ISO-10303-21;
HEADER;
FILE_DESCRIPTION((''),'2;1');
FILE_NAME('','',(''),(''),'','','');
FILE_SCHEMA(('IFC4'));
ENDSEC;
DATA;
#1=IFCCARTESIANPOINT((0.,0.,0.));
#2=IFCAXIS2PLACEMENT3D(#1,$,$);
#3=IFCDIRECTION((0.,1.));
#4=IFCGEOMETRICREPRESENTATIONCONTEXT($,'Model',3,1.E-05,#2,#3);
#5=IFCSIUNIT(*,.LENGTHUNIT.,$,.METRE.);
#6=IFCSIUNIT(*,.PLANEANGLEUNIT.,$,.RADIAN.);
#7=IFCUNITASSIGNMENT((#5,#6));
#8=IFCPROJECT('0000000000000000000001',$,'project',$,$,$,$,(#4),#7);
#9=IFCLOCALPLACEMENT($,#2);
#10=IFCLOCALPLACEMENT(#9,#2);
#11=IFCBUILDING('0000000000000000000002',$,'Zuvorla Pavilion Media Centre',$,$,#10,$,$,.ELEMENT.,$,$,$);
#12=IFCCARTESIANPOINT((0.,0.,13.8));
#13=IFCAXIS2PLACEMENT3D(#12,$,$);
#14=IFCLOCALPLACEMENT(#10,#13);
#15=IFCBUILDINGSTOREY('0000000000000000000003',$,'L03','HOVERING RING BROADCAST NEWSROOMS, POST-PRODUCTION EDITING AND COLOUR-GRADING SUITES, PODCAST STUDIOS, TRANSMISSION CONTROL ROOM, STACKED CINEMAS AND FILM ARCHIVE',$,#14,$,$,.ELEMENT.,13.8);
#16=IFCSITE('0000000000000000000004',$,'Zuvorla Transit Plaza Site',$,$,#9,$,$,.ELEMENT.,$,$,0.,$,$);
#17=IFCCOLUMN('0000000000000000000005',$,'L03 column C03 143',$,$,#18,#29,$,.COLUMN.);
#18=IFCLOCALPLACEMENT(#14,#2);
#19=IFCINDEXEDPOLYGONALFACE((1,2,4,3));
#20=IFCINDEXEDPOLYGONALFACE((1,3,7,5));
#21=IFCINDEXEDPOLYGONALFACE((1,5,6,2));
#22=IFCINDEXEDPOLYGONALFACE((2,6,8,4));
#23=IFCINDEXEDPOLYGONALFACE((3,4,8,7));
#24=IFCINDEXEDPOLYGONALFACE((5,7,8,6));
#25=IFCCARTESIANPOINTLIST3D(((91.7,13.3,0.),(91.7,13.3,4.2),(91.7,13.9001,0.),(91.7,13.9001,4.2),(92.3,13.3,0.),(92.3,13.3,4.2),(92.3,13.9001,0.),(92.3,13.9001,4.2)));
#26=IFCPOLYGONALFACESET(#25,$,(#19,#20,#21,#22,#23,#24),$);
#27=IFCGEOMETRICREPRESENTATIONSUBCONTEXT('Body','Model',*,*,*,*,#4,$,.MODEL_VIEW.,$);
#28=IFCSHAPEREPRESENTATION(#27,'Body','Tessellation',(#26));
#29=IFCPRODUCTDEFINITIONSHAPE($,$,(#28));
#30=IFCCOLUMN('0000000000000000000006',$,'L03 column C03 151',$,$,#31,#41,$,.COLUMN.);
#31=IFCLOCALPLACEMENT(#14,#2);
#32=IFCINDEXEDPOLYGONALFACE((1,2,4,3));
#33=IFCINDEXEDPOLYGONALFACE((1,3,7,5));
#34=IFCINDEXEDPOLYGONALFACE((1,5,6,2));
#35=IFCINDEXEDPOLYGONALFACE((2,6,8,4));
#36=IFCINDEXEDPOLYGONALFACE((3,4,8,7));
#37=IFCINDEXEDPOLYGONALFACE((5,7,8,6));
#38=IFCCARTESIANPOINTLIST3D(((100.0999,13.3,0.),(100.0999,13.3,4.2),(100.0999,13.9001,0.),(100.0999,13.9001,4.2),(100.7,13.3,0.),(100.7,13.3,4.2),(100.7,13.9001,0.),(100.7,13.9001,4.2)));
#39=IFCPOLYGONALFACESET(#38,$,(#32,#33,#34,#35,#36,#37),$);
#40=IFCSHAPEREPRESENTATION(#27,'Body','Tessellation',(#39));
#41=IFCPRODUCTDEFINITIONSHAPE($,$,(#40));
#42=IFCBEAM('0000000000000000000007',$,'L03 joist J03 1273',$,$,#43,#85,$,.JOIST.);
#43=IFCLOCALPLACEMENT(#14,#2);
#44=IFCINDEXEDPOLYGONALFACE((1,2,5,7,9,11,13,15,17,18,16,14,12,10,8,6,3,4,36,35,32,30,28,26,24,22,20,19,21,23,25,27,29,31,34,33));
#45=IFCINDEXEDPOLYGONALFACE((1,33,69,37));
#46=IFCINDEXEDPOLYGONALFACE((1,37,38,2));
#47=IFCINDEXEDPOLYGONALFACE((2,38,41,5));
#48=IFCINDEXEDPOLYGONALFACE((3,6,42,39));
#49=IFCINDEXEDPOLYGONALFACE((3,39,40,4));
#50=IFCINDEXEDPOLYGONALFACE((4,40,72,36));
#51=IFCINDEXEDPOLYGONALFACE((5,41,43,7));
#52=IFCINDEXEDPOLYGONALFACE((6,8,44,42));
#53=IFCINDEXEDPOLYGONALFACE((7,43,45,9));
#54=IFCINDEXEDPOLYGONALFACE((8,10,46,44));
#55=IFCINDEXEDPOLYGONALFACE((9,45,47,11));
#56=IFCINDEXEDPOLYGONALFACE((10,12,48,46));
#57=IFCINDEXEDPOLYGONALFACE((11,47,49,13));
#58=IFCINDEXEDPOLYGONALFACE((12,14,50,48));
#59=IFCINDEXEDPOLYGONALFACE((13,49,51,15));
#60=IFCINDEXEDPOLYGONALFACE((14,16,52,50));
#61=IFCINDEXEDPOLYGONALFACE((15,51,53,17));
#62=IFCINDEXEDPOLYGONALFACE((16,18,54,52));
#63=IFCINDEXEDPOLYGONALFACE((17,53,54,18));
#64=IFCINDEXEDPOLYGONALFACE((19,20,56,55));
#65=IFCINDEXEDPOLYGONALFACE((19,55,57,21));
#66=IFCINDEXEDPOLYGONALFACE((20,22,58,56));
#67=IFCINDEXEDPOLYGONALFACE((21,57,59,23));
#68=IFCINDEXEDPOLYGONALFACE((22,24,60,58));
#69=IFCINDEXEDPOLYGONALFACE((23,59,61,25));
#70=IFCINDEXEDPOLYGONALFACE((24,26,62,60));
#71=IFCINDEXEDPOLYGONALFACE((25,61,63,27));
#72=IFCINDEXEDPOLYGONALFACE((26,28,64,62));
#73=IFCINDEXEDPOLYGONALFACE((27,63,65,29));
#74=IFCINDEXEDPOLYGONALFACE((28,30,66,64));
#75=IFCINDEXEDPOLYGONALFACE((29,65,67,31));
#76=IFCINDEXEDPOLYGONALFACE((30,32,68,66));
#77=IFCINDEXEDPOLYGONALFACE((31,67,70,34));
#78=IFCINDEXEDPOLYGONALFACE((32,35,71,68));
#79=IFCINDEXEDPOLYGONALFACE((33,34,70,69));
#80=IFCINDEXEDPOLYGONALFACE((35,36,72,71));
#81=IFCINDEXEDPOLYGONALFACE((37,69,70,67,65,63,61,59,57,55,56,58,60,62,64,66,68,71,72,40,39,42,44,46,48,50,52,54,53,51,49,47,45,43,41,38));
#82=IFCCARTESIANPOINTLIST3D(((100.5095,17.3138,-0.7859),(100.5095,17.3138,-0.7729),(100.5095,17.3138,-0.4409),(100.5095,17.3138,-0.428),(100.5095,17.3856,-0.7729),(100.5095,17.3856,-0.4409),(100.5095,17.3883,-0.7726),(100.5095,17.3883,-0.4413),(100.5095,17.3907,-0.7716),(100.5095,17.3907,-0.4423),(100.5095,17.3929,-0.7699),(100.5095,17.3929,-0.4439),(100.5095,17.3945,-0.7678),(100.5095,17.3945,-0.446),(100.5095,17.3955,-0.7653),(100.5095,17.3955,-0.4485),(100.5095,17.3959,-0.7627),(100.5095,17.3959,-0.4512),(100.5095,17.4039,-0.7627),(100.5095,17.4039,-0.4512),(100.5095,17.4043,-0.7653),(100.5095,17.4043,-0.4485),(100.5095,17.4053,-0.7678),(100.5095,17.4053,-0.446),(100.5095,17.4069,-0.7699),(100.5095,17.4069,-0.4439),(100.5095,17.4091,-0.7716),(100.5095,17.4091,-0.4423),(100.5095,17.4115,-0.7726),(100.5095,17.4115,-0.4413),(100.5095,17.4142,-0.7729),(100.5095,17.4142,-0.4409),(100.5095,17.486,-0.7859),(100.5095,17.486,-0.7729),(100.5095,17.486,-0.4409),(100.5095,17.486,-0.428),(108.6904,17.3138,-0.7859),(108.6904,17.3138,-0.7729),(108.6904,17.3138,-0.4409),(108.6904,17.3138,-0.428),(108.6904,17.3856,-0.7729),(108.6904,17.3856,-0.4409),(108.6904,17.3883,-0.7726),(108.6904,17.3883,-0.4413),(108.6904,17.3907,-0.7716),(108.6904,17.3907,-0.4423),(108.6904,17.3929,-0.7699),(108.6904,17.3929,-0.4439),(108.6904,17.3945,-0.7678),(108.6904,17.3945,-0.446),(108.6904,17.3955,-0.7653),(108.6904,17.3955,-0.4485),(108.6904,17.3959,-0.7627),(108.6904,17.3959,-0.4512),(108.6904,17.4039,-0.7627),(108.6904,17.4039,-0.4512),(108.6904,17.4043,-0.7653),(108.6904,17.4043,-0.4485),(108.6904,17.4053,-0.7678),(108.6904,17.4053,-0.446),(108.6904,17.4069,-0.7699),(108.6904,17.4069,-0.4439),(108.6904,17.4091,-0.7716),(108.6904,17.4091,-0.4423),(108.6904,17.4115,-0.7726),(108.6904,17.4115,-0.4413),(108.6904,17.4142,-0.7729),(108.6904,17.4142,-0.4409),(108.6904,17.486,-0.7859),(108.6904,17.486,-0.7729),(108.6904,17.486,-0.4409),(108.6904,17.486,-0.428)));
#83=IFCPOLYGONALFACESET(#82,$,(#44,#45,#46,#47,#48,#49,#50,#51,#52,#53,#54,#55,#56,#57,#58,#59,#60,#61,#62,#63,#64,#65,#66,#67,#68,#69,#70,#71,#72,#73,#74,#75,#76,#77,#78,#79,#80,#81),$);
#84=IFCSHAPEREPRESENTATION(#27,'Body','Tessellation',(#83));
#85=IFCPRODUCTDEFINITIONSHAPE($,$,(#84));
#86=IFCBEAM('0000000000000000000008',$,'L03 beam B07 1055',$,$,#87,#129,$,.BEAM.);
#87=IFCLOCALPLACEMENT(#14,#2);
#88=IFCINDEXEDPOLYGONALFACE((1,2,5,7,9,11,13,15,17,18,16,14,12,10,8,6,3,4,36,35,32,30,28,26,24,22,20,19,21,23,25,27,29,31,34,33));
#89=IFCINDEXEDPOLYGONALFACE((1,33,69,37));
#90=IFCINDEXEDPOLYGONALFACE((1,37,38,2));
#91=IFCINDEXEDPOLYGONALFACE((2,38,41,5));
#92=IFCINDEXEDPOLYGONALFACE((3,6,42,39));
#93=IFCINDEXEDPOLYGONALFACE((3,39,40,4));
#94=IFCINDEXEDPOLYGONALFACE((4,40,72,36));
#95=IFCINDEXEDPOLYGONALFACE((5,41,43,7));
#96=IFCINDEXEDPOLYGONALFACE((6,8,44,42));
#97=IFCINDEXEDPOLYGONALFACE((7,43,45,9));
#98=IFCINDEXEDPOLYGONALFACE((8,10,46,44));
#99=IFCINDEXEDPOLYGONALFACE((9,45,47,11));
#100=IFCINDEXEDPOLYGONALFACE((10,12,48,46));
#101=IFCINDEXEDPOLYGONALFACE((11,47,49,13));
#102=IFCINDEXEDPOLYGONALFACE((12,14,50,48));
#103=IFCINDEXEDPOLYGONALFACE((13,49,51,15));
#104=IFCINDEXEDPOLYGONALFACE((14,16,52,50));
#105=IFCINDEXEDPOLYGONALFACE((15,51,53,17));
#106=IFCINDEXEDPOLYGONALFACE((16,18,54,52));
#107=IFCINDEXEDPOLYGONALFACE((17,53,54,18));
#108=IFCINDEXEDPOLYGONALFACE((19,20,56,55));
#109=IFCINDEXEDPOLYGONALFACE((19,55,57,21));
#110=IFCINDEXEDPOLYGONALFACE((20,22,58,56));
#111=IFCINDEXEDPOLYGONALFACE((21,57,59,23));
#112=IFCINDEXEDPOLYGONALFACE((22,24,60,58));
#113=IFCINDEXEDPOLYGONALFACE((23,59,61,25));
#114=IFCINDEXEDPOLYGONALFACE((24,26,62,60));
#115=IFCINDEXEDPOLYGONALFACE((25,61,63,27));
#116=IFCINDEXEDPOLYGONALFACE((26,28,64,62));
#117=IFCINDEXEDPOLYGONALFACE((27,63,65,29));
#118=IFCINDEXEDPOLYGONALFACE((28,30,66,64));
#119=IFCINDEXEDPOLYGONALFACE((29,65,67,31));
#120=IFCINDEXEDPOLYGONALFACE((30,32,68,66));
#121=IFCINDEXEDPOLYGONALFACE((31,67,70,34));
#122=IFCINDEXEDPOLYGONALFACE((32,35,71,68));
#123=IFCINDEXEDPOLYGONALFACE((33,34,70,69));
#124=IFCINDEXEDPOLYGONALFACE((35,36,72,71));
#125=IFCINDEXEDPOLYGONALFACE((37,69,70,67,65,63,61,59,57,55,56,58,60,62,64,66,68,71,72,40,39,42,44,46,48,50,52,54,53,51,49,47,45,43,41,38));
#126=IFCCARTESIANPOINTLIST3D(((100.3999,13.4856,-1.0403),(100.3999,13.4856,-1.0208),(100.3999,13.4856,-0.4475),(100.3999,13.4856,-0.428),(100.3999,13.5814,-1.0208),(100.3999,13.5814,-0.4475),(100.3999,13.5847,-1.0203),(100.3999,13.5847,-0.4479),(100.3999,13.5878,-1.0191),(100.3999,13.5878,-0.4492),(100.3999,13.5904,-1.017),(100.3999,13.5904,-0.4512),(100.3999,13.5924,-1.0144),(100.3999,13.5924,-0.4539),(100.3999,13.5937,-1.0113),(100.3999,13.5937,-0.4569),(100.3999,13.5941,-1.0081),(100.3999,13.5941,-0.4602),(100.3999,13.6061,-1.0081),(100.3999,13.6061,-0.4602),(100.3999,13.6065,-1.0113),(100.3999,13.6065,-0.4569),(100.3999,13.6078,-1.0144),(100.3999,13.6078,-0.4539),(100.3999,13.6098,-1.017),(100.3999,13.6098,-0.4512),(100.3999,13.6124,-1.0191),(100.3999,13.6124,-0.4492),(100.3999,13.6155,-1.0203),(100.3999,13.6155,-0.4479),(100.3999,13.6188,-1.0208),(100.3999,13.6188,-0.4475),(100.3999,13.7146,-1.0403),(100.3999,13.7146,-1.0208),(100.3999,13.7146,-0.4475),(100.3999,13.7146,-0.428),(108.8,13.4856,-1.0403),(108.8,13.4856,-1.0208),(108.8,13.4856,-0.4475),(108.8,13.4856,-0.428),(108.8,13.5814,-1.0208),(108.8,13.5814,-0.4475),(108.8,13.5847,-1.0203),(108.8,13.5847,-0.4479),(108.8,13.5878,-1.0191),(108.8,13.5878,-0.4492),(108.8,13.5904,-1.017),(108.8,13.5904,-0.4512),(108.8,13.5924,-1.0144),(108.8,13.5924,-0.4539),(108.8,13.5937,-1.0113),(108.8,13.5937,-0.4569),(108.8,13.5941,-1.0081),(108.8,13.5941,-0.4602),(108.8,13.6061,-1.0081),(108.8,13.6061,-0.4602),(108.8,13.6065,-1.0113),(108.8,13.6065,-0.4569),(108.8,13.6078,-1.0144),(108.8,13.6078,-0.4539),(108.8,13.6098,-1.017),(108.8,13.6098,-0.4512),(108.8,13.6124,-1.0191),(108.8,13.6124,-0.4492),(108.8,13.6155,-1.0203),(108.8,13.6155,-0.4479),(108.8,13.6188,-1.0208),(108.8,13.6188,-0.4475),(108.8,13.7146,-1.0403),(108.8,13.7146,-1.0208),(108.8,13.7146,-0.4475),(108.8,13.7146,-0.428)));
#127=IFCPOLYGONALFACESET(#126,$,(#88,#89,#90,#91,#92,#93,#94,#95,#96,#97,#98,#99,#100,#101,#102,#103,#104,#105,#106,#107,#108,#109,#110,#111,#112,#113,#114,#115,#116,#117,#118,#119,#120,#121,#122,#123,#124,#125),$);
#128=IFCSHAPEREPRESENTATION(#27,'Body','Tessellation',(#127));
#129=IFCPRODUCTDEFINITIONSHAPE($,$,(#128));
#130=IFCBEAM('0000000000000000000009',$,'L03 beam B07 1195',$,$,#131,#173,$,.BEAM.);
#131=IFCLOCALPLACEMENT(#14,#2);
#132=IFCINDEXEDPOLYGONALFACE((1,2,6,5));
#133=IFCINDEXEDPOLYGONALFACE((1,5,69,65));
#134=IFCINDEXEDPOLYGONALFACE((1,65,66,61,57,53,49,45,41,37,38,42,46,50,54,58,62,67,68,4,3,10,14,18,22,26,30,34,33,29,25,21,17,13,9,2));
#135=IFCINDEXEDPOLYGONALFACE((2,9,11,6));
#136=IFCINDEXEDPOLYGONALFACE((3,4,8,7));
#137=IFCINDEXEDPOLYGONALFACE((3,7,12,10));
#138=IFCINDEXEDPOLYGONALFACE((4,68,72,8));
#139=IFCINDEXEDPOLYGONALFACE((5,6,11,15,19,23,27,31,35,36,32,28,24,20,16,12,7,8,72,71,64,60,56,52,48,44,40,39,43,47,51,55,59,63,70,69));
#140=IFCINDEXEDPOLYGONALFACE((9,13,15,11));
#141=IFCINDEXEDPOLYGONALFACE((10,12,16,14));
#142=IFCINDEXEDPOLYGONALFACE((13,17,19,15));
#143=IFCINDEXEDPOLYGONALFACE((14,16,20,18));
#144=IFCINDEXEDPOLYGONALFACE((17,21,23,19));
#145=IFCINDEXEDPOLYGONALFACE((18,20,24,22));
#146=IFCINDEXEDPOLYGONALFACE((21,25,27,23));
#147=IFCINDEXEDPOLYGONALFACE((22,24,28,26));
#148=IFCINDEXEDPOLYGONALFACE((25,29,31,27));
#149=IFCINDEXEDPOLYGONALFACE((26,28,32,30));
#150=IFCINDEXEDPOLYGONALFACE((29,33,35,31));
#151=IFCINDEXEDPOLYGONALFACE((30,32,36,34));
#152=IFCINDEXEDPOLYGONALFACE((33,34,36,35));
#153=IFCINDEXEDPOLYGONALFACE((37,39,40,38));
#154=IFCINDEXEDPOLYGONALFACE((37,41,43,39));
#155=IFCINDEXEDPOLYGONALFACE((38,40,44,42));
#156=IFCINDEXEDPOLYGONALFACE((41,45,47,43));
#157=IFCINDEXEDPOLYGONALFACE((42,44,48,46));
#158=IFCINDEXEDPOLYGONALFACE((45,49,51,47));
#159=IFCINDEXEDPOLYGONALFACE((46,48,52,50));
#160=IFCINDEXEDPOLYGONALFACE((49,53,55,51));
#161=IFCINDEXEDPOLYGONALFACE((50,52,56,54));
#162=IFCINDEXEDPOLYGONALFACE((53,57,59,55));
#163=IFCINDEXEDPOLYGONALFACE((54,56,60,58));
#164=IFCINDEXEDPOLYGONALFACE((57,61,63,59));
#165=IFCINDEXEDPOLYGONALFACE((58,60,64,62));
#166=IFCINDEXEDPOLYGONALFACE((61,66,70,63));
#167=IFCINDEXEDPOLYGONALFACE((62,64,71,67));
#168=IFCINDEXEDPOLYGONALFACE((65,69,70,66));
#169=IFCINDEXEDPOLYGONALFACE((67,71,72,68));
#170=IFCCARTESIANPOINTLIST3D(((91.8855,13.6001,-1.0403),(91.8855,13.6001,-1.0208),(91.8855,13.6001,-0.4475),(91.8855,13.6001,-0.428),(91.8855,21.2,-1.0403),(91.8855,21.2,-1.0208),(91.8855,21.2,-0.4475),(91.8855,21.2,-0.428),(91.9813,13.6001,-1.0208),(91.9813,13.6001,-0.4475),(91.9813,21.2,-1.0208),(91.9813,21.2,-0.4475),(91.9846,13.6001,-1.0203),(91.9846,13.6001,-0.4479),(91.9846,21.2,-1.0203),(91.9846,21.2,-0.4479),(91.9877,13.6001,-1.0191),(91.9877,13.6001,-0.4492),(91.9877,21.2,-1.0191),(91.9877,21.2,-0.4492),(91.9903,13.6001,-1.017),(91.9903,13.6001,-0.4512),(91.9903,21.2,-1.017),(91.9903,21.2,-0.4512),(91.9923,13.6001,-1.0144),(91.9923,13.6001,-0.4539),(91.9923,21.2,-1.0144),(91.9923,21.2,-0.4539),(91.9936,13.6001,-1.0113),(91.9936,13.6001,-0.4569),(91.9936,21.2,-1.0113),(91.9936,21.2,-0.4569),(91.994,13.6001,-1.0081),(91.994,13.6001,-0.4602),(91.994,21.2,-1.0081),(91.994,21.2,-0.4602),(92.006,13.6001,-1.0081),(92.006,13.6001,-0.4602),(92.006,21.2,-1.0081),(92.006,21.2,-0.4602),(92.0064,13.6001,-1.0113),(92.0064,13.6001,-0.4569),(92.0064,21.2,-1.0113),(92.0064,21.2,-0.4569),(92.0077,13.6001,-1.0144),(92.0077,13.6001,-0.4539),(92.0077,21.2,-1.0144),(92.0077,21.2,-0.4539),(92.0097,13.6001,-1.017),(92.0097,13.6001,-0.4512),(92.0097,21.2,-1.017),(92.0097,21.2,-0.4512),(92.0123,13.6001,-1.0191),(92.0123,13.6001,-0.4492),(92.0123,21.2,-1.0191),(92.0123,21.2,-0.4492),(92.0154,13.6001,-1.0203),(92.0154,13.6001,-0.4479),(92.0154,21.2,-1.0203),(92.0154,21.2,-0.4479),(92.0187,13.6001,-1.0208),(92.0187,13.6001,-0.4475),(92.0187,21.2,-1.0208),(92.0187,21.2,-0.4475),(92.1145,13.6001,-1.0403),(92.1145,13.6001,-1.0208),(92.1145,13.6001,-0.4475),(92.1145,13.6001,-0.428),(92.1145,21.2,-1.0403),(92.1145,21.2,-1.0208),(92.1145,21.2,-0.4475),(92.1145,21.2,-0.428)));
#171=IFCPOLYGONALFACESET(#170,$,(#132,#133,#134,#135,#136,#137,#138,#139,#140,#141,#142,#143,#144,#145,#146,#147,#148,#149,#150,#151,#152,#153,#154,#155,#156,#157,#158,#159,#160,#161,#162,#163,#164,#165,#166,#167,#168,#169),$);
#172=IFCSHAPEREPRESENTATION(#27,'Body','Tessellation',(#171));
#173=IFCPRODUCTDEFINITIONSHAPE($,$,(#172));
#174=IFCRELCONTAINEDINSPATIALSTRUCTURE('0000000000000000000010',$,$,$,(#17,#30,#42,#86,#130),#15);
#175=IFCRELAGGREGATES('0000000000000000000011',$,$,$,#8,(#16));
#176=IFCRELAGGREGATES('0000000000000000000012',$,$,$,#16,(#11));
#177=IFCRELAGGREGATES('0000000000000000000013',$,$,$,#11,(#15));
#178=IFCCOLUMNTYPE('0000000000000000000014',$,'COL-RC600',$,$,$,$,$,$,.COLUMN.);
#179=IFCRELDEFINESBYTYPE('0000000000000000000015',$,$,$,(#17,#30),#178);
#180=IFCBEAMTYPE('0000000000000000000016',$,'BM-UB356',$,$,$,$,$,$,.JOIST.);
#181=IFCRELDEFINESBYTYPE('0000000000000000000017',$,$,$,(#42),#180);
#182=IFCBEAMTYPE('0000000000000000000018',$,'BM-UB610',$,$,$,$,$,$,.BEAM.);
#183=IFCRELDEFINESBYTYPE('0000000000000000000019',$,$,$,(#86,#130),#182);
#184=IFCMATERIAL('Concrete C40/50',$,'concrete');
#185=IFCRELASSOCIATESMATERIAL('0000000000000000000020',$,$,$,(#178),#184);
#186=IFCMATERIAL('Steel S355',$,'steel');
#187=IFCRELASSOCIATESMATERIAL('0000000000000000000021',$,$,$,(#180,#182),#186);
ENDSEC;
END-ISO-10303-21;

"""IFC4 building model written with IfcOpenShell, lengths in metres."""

from ifc_helpers import new_model, si_unit, direction, frame, origin, origin_2d, place, context, subcontext, project, spatial, rectangle, i_section, extrude, material, material_profile, profile_set, type_object, element, save


model = new_model("IFC4")

# Units and contexts
model_context = context("Model", 3, precision=1e-05, world=origin(), true_north=direction((0.0, 1.0)))
body_context = subcontext(model_context, "Body", "Model", "MODEL_VIEW")
ifc_project = project(units=[si_unit("LENGTHUNIT", "METRE"), si_unit("PLANEANGLEUNIT", "RADIAN")], contexts=[model_context])

# Site, building, storey
site_placement = place(None, origin())
site = spatial("IfcSite", under=ifc_project, at=site_placement, Name="Zuvorla Transit Plaza Site", CompositionType="ELEMENT", RefElevation=0.0)
building_placement = place(site_placement, origin())
building = spatial("IfcBuilding", under=site, at=building_placement, Name="Zuvorla Pavilion Media Centre", CompositionType="ELEMENT")
storey_placement = place(building_placement, frame((0.0, 0.0, 13.8)))
storey = spatial("IfcBuildingStorey", under=building, at=storey_placement, Name="L03", Description="HOVERING RING BROADCAST NEWSROOMS, POST-PRODUCTION EDITING AND COLOUR-GRADING SUITES, PODCAST STUDIOS, TRANSMISSION CONTROL ROOM, STACKED CINEMAS AND FILM ARCHIVE", CompositionType="ELEMENT", Elevation=13.8)

# Columns
ifc_material_1 = material(Name="Concrete C40/50", Category="concrete")
ifc_material_profile_1 = material_profile(ifc_material_1, rectangle(XDim=0.6001, YDim=0.6001, at=origin_2d()), Name="RC 600x600")
ifc_profile_set_1 = profile_set([ifc_material_profile_1], Name="Concrete C40/50")
column_type = type_object("IfcColumnType", Name="COL-RC600", PredefinedType="COLUMN", material=ifc_profile_set_1)
for number, where, z_axis, x_axis, name in (
    (1, (92.0, 13.6001, 0.0), (0.0, 0.0, 1.0), (1.0, 0.0, 0.0), "L03 column C03 143"),
    (2, (100.3999, 13.6001, 0.0), (0.0, 0.0, 1.0), (1.0, 0.0, 0.0), "L03 column C03 151"),
):
    element("IfcColumn", number, at=place(storey_placement, frame(where, z_axis=z_axis, x_axis=x_axis)), inside=storey, type_object=column_type, Name=name, PredefinedType="COLUMN", context=body_context, shape_type="SweptSolid", body=[
        extrude(rectangle(XDim=0.6001, YDim=0.6001, at=origin_2d()), origin(), (0.0, 0.0, 1.0), 4.2),
    ])

# Beams
ifc_material_2 = material(Name="Steel S355", Category="steel")
ifc_material_profile_2 = material_profile(ifc_material_2, i_section(OverallWidth=0.1721, OverallDepth=0.3579, WebThickness=0.0081, FlangeThickness=0.0129, FilletRadius=0.0103, at=origin_2d()), Name="UB 356x171x57")
ifc_profile_set_2 = profile_set([ifc_material_profile_2], Name="Steel S355")
beam_type_1 = type_object("IfcBeamType", Name="BM-UB356", PredefinedType="JOIST", material=ifc_profile_set_2)
beam_1_placement = place(storey_placement, frame((100.5095, 17.3999, -0.6069), z_axis=(1.0, 0.0, 0.0), x_axis=(0.0, 1.0, 0.0)))
element("IfcBeam", 3, at=beam_1_placement, inside=storey, type_object=beam_type_1, Name="L03 joist J03 1273", PredefinedType="JOIST", context=body_context, shape_type="SweptSolid", body=[
    extrude(i_section(OverallWidth=0.1721, OverallDepth=0.3579, WebThickness=0.0081, FlangeThickness=0.0129, FilletRadius=0.0103, at=origin_2d()), origin(), (0.0, 0.0, 1.0), 8.1809),
])
ifc_material_profile_3 = material_profile(ifc_material_2, i_section(OverallWidth=0.229, OverallDepth=0.6123, WebThickness=0.012, FlangeThickness=0.0195, FilletRadius=0.0127, at=origin_2d()), Name="UB 610x229x125")
ifc_profile_set_3 = profile_set([ifc_material_profile_3], Name="Steel S355")
beam_type_2 = type_object("IfcBeamType", Name="BM-UB610", PredefinedType="BEAM", material=ifc_profile_set_3)
beam_2_placement = place(storey_placement, frame((100.3999, 13.6001, -0.7341), z_axis=(1.0, 0.0, 0.0), x_axis=(0.0, 1.0, 0.0)))
element("IfcBeam", 4, at=beam_2_placement, inside=storey, type_object=beam_type_2, Name="L03 beam B07 1055", PredefinedType="BEAM", context=body_context, shape_type="SweptSolid", body=[
    extrude(i_section(OverallWidth=0.229, OverallDepth=0.6123, WebThickness=0.012, FlangeThickness=0.0195, FilletRadius=0.0127, at=origin_2d()), origin(), (0.0, 0.0, 1.0), 8.4001),
])
for number, where, z_axis, x_axis, name in (
    (5, (92.0, 13.6001, -0.7341), (0.0, 1.0, 0.0), (-1.0, 0.0, 0.0), "L03 beam B07 1195"),
):
    element("IfcBeam", number, at=place(storey_placement, frame(where, z_axis=z_axis, x_axis=x_axis)), inside=storey, type_object=beam_type_2, Name=name, PredefinedType="BEAM", context=body_context, shape_type="SweptSolid", body=[
        extrude(i_section(OverallWidth=0.229, OverallDepth=0.6123, WebThickness=0.012, FlangeThickness=0.0195, FilletRadius=0.0127, at=origin_2d()), origin(), (0.0, 0.0, 1.0), 7.5999),
    ])

save(model, "model.ifc")
